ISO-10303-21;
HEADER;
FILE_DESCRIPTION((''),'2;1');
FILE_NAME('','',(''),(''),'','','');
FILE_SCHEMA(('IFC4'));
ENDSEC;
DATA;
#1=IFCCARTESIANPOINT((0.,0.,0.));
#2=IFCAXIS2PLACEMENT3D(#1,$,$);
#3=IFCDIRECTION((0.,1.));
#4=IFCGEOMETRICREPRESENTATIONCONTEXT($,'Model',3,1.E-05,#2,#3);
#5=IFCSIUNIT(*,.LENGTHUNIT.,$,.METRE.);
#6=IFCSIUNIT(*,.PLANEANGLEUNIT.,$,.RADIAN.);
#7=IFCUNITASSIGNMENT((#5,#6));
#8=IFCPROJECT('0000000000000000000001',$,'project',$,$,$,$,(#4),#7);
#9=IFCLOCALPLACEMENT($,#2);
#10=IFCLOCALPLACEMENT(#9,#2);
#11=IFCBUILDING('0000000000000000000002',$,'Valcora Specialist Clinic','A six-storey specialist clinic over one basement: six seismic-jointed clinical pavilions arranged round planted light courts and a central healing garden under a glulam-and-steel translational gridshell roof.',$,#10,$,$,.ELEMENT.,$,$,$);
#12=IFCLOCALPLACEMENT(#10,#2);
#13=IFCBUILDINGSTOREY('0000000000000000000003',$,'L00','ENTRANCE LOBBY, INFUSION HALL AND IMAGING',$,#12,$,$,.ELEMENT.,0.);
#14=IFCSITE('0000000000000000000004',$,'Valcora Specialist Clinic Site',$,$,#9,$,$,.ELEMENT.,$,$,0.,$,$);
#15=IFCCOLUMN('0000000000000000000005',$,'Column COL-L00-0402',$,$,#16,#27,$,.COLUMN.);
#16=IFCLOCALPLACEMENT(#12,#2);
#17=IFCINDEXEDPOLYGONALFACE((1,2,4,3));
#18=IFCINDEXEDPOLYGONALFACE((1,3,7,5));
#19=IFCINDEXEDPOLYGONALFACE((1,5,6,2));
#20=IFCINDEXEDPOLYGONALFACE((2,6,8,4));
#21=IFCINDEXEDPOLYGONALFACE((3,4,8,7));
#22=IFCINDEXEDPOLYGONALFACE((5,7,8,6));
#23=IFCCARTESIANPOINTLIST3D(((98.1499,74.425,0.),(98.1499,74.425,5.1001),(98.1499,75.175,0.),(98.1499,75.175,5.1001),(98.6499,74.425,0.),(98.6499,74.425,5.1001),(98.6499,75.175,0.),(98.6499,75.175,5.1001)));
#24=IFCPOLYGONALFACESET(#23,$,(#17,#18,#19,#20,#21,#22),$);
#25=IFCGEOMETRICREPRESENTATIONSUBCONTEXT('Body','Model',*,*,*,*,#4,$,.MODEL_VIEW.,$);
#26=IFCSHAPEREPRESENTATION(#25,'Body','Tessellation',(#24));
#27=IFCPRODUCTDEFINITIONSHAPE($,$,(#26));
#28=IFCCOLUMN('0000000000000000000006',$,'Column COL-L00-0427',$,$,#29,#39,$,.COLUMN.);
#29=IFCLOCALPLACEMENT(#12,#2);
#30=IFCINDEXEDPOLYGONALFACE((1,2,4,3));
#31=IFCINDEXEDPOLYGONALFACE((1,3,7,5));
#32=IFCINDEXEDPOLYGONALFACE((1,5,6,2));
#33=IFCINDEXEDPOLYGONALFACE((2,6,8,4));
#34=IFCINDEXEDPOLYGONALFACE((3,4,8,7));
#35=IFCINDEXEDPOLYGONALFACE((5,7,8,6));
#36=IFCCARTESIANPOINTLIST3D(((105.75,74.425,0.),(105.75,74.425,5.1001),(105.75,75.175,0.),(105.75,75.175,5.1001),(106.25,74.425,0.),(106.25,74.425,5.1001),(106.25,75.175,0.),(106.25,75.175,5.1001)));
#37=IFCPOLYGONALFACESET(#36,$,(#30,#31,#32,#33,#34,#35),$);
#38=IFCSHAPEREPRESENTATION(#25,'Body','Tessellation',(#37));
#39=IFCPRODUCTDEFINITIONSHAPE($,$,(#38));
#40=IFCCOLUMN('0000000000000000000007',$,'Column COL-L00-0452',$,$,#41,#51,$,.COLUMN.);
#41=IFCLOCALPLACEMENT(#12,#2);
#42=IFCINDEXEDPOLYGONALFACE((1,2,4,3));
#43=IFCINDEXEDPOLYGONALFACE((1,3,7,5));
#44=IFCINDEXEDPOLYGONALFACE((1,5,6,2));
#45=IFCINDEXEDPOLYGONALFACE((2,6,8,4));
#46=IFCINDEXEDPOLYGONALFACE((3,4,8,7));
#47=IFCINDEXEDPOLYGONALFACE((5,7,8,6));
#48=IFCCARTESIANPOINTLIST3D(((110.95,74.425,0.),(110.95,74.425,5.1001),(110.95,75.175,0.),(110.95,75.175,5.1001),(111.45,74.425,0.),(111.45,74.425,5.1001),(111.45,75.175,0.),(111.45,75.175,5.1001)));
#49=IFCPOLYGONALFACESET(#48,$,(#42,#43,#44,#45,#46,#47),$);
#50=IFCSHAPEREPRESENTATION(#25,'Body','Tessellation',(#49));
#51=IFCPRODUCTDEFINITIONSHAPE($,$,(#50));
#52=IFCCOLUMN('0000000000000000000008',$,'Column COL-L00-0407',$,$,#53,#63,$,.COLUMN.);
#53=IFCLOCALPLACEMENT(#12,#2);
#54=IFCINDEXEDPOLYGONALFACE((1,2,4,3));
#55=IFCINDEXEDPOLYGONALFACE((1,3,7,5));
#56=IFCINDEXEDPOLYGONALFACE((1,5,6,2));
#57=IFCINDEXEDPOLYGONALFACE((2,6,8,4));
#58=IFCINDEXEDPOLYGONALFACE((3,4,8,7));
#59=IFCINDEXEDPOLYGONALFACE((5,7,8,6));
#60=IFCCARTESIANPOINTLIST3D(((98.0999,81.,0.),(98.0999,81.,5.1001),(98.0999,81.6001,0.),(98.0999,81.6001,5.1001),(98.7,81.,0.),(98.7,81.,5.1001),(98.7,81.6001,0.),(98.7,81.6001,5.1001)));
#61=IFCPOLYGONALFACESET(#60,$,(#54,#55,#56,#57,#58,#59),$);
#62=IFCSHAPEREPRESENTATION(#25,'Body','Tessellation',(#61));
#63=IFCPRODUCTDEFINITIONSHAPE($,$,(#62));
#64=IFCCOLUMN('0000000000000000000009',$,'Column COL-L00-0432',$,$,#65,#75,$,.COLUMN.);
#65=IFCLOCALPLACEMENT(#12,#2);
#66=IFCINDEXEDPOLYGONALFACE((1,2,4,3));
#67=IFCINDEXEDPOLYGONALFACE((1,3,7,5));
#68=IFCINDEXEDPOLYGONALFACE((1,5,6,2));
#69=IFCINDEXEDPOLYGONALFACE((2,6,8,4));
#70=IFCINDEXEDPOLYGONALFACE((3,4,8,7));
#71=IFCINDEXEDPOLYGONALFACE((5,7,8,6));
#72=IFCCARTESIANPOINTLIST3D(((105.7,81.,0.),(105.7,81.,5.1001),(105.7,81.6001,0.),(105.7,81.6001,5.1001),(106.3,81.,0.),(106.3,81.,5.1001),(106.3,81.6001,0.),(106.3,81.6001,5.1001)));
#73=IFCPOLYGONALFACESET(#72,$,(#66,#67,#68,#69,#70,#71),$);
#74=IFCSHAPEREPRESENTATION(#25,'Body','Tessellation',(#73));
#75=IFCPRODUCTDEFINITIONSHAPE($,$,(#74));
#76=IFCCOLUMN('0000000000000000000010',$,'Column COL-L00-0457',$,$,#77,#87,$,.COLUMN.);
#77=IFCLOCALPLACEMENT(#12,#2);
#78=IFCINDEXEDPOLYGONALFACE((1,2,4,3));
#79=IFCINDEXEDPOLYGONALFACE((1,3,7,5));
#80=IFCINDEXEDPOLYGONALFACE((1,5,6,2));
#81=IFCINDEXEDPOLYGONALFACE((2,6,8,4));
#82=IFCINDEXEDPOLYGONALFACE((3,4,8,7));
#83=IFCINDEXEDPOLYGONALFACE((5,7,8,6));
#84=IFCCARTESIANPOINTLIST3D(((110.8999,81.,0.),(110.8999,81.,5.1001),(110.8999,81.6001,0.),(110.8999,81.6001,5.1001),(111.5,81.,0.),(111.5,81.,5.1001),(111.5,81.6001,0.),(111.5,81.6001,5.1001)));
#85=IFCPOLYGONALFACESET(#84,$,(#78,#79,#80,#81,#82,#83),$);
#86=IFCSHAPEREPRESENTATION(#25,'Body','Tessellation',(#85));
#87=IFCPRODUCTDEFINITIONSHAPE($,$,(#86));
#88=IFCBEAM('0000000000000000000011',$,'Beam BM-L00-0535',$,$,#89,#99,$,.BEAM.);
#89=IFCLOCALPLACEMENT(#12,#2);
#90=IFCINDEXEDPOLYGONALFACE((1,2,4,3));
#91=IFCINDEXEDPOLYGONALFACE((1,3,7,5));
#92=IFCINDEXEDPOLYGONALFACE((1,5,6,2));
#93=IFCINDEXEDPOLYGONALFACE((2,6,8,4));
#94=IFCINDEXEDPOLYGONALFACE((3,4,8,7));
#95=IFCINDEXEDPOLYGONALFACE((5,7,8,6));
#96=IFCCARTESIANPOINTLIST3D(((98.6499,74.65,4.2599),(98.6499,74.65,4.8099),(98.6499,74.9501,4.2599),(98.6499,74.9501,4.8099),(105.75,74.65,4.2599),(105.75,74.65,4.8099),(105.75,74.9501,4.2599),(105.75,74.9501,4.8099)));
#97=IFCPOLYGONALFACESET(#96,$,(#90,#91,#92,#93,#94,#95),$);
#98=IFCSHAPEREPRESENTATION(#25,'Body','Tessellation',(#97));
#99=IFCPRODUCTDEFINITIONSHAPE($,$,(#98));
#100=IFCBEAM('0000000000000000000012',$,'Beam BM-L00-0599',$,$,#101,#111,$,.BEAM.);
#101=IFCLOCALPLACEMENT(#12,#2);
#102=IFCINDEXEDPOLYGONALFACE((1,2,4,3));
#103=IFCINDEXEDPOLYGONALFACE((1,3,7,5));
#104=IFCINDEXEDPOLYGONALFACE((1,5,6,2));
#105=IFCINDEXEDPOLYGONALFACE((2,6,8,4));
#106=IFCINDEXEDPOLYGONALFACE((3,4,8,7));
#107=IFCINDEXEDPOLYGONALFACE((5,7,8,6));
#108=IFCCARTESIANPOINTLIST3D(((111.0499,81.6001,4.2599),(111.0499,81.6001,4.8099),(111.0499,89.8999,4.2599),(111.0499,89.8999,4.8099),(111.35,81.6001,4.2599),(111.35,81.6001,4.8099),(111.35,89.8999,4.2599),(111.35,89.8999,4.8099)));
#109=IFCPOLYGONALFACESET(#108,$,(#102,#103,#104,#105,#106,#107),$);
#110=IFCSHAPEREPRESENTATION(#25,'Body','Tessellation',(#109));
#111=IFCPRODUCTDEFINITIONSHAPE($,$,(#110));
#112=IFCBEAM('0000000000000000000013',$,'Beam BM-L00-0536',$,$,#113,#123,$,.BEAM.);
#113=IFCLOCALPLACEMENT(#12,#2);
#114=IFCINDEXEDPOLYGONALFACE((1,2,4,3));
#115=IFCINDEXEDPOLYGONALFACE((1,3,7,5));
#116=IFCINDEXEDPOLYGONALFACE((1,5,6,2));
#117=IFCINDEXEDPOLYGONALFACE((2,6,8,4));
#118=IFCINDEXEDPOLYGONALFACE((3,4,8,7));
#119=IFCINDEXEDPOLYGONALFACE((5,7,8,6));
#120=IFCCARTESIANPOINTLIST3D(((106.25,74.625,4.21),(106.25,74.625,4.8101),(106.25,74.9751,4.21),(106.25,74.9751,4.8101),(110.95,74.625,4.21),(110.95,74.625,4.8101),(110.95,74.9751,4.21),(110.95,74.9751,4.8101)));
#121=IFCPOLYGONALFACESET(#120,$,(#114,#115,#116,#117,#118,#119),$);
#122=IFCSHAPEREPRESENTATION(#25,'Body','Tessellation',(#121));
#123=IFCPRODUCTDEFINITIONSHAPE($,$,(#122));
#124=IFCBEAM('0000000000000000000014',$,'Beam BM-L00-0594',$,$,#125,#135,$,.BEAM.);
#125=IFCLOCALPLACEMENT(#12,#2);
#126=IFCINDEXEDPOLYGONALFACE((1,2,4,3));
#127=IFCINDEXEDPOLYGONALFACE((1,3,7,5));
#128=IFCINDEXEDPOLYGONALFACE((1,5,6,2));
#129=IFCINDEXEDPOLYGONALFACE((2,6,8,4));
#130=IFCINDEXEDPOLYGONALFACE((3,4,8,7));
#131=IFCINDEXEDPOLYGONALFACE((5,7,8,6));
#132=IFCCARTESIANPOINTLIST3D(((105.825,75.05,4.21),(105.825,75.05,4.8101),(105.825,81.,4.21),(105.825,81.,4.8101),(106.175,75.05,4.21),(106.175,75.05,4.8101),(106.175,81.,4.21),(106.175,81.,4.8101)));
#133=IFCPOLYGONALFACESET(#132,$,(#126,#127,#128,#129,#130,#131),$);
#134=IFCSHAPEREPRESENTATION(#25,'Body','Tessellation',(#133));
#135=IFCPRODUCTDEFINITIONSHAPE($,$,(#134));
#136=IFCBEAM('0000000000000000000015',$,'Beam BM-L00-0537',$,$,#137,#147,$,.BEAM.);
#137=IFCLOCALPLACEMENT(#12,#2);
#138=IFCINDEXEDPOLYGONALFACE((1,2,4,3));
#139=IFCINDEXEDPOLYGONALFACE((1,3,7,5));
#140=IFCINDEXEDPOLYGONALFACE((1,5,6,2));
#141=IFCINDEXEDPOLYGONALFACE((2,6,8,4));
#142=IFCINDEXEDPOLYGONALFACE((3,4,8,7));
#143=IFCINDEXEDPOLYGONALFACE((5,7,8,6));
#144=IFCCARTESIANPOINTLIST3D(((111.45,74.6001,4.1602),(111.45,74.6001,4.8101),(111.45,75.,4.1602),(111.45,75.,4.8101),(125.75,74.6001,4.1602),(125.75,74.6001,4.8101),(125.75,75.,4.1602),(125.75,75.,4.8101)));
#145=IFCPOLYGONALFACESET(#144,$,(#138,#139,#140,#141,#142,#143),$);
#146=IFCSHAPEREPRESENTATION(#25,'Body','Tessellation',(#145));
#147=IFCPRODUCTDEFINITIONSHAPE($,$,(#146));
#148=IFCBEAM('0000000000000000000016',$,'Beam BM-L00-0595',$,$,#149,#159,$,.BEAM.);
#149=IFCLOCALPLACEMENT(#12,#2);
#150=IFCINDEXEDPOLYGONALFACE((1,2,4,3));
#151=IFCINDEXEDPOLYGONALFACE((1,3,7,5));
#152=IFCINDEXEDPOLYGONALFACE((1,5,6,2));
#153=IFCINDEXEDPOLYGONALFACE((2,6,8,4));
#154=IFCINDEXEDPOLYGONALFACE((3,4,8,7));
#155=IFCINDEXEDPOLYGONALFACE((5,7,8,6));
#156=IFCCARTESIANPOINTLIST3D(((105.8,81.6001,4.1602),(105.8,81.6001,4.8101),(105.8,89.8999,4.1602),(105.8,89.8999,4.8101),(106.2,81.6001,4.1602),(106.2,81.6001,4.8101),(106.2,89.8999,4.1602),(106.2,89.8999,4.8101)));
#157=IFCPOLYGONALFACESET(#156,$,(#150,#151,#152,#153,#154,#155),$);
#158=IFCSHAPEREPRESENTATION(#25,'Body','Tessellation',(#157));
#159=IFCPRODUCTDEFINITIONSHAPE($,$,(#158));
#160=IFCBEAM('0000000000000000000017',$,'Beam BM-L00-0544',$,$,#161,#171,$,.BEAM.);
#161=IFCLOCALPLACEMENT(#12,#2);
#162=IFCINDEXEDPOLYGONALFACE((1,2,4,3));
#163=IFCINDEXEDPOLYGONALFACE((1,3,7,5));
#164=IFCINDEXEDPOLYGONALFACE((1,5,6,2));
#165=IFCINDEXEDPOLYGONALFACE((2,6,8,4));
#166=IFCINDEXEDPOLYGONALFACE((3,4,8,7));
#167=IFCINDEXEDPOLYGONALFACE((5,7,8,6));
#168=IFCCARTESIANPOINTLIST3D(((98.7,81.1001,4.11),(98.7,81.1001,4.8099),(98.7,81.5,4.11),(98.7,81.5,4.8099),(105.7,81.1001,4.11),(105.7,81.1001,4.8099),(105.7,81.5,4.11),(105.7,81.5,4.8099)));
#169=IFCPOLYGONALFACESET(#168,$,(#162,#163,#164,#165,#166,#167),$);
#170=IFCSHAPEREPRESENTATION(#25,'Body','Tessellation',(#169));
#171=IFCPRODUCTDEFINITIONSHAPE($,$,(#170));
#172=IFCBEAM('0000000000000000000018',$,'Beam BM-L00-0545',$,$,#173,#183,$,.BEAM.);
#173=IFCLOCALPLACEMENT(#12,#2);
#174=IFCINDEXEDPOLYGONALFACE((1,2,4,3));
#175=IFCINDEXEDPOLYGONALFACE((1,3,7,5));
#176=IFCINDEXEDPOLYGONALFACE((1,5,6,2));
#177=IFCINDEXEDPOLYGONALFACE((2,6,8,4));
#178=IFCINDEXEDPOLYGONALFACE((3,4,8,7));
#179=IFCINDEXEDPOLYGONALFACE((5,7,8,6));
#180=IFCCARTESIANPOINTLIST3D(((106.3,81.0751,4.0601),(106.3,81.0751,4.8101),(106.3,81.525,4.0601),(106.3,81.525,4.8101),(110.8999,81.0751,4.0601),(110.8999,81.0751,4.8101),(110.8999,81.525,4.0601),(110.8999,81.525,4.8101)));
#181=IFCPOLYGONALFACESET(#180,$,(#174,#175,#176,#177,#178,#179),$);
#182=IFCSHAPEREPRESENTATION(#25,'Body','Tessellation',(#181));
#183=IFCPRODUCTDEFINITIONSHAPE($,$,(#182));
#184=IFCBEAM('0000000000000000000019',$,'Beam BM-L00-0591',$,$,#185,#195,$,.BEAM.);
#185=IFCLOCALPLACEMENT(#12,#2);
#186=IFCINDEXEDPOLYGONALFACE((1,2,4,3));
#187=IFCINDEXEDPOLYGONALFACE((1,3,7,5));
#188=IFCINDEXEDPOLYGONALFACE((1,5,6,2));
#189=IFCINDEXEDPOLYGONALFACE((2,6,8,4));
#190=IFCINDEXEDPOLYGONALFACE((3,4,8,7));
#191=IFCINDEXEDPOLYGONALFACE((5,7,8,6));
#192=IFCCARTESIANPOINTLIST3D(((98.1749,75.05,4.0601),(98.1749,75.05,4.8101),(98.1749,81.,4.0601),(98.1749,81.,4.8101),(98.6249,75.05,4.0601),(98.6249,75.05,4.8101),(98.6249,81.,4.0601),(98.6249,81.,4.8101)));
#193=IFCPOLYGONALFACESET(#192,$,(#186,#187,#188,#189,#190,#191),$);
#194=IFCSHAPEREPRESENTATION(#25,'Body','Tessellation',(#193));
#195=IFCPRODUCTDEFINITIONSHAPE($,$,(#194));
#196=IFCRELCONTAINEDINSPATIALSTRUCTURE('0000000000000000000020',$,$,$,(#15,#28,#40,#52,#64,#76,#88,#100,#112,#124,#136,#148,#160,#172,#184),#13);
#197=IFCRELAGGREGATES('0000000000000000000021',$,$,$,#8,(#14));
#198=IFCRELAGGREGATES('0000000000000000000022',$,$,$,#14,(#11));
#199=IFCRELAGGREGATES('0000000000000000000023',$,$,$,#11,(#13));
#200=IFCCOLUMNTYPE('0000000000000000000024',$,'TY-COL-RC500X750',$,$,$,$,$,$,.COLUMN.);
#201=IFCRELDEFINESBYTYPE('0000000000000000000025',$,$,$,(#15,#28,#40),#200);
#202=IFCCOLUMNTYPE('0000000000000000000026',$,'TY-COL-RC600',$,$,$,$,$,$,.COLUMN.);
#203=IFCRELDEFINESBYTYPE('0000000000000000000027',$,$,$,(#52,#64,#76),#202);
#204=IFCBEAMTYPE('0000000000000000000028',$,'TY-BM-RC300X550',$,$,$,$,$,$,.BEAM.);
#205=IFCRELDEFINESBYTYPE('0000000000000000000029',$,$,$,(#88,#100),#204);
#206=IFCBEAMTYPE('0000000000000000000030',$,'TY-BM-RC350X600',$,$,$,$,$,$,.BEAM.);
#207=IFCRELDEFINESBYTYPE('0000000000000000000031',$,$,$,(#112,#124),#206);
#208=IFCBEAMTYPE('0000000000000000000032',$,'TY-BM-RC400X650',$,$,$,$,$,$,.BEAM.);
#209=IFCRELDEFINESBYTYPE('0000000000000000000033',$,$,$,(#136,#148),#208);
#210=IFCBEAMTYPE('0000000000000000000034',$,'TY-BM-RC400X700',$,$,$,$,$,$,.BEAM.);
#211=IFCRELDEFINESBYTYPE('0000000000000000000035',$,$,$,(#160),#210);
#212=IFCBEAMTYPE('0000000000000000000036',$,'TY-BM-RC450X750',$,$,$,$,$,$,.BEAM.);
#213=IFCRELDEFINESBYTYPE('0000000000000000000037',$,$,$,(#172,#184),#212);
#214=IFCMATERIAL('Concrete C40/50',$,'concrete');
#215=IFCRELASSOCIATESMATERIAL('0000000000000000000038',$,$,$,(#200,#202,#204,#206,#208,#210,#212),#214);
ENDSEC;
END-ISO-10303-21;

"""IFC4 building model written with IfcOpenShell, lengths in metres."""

from ifc_helpers import new_model, si_unit, direction, frame, origin, origin_2d, place, context, subcontext, project, spatial, rectangle, extrude, material, material_profile, profile_set, type_object, element, save


model = new_model("IFC4")

# Units and contexts
model_context = context("Model", 3, precision=1e-05, world=origin(), true_north=direction((0.0, 1.0)))
body_context = subcontext(model_context, "Body", "Model", "MODEL_VIEW")
ifc_project = project(units=[si_unit("LENGTHUNIT", "METRE"), si_unit("PLANEANGLEUNIT", "RADIAN")], contexts=[model_context])

# Site, building, storey
site_placement = place(None, origin())
site = spatial("IfcSite", under=ifc_project, at=site_placement, Name="Valcora Specialist Clinic Site", CompositionType="ELEMENT", RefElevation=0.0)
building_placement = place(site_placement, origin())
building = spatial("IfcBuilding", under=site, at=building_placement, Name="Valcora Specialist Clinic", Description="A six-storey specialist clinic over one basement: six seismic-jointed clinical pavilions arranged round planted light courts and a central healing garden under a glulam-and-steel translational gridshell roof.", CompositionType="ELEMENT")
storey_placement = place(building_placement, origin())
storey = spatial("IfcBuildingStorey", under=building, at=storey_placement, Name="L00", Description="ENTRANCE LOBBY, INFUSION HALL AND IMAGING", CompositionType="ELEMENT", Elevation=0.0)

# Columns
ifc_material_1 = material(Name="Concrete C40/50", Category="concrete")
ifc_material_profile_1 = material_profile(ifc_material_1, rectangle(XDim=0.5, YDim=0.75, at=origin_2d()), Name="RC-COL-500X750")
ifc_profile_set_1 = profile_set([ifc_material_profile_1], Name="Concrete C40/50")
column_type_1 = type_object("IfcColumnType", Name="TY-COL-RC500X750", PredefinedType="COLUMN", material=ifc_profile_set_1)
for number, where, z_axis, x_axis, name in (
    (1, (98.3999, 74.8, 0.0), (0.0, 0.0, 1.0), (1.0, 0.0, 0.0), "Column COL-L00-0402"),
    (2, (106.0, 74.8, 0.0), (0.0, 0.0, 1.0), (1.0, 0.0, 0.0), "Column COL-L00-0427"),
    (3, (111.2, 74.8, 0.0), (0.0, 0.0, 1.0), (1.0, 0.0, 0.0), "Column COL-L00-0452"),
):
    element("IfcColumn", number, at=place(storey_placement, frame(where, z_axis=z_axis, x_axis=x_axis)), inside=storey, type_object=column_type_1, Name=name, PredefinedType="COLUMN", context=body_context, shape_type="SweptSolid", body=[
        extrude(rectangle(XDim=0.5, YDim=0.75, at=origin_2d()), origin(), (0.0, 0.0, 1.0), 5.1001),
    ])
ifc_material_profile_2 = material_profile(ifc_material_1, rectangle(XDim=0.6001, YDim=0.6001, at=origin_2d()), Name="RC-COL-600X600")
ifc_profile_set_2 = profile_set([ifc_material_profile_2], Name="Concrete C40/50")
column_type_2 = type_object("IfcColumnType", Name="TY-COL-RC600", PredefinedType="COLUMN", material=ifc_profile_set_2)
for number, where, z_axis, x_axis, name in (
    (4, (98.3999, 81.3, 0.0), (0.0, 0.0, 1.0), (1.0, 0.0, 0.0), "Column COL-L00-0407"),
    (5, (106.0, 81.3, 0.0), (0.0, 0.0, 1.0), (1.0, 0.0, 0.0), "Column COL-L00-0432"),
    (6, (111.2, 81.3, 0.0), (0.0, 0.0, 1.0), (1.0, 0.0, 0.0), "Column COL-L00-0457"),
):
    element("IfcColumn", number, at=place(storey_placement, frame(where, z_axis=z_axis, x_axis=x_axis)), inside=storey, type_object=column_type_2, Name=name, PredefinedType="COLUMN", context=body_context, shape_type="SweptSolid", body=[
        extrude(rectangle(XDim=0.6001, YDim=0.6001, at=origin_2d()), origin(), (0.0, 0.0, 1.0), 5.1001),
    ])

# Beams
ifc_material_profile_3 = material_profile(ifc_material_1, rectangle(XDim=0.3, YDim=0.55, at=origin_2d()), Name="RC-BM-300X550")
ifc_profile_set_3 = profile_set([ifc_material_profile_3], Name="Concrete C40/50")
beam_type_1 = type_object("IfcBeamType", Name="TY-BM-RC300X550", PredefinedType="BEAM", material=ifc_profile_set_3)
beam_1_placement = place(storey_placement, frame((98.6499, 74.8, 4.5349), z_axis=(1.0, 0.0, 0.0), x_axis=(0.0, 1.0, 0.0)))
element("IfcBeam", 7, at=beam_1_placement, inside=storey, type_object=beam_type_1, Name="Beam BM-L00-0535", PredefinedType="BEAM", context=body_context, shape_type="SweptSolid", body=[
    extrude(rectangle(XDim=0.3, YDim=0.55, at=origin_2d()), origin(), (0.0, 0.0, 1.0), 7.1001),
])
beam_2_placement = place(storey_placement, frame((111.2, 81.6001, 4.5349), z_axis=(0.0, 1.0, 0.0), x_axis=(-1.0, 0.0, 0.0)))
element("IfcBeam", 8, at=beam_2_placement, inside=storey, type_object=beam_type_1, Name="Beam BM-L00-0599", PredefinedType="BEAM", context=body_context, shape_type="SweptSolid", body=[
    extrude(rectangle(XDim=0.3, YDim=0.55, at=origin_2d()), origin(), (0.0, 0.0, 1.0), 8.2998),
])
ifc_material_profile_4 = material_profile(ifc_material_1, rectangle(XDim=0.3501, YDim=0.6001, at=origin_2d()), Name="RC-BM-350X600")
ifc_profile_set_4 = profile_set([ifc_material_profile_4], Name="Concrete C40/50")
beam_type_2 = type_object("IfcBeamType", Name="TY-BM-RC350X600", PredefinedType="BEAM", material=ifc_profile_set_4)
beam_3_placement = place(storey_placement, frame((106.25, 74.8, 4.51), z_axis=(1.0, 0.0, 0.0), x_axis=(0.0, 1.0, 0.0)))
element("IfcBeam", 9, at=beam_3_placement, inside=storey, type_object=beam_type_2, Name="Beam BM-L00-0536", PredefinedType="BEAM", context=body_context, shape_type="SweptSolid", body=[
    extrude(rectangle(XDim=0.3501, YDim=0.6001, at=origin_2d()), origin(), (0.0, 0.0, 1.0), 4.7),
])
beam_4_placement = place(storey_placement, frame((106.0, 75.05, 4.51), z_axis=(0.0, 1.0, 0.0), x_axis=(-1.0, 0.0, 0.0)))
element("IfcBeam", 10, at=beam_4_placement, inside=storey, type_object=beam_type_2, Name="Beam BM-L00-0594", PredefinedType="BEAM", context=body_context, shape_type="SweptSolid", body=[
    extrude(rectangle(XDim=0.3501, YDim=0.6001, at=origin_2d()), origin(), (0.0, 0.0, 1.0), 5.95),
])
ifc_material_profile_5 = material_profile(ifc_material_1, rectangle(XDim=0.3999, YDim=0.6499, at=origin_2d()), Name="RC-BM-400X650")
ifc_profile_set_5 = profile_set([ifc_material_profile_5], Name="Concrete C40/50")
beam_type_3 = type_object("IfcBeamType", Name="TY-BM-RC400X650", PredefinedType="BEAM", material=ifc_profile_set_5)
beam_5_placement = place(storey_placement, frame((111.45, 74.8, 4.4851), z_axis=(1.0, 0.0, 0.0), x_axis=(0.0, 1.0, 0.0)))
element("IfcBeam", 11, at=beam_5_placement, inside=storey, type_object=beam_type_3, Name="Beam BM-L00-0537", PredefinedType="BEAM", context=body_context, shape_type="SweptSolid", body=[
    extrude(rectangle(XDim=0.3999, YDim=0.6499, at=origin_2d()), origin(), (0.0, 0.0, 1.0), 14.3),
])
beam_6_placement = place(storey_placement, frame((106.0, 81.6001, 4.4851), z_axis=(0.0, 1.0, 0.0), x_axis=(-1.0, 0.0, 0.0)))
element("IfcBeam", 12, at=beam_6_placement, inside=storey, type_object=beam_type_3, Name="Beam BM-L00-0595", PredefinedType="BEAM", context=body_context, shape_type="SweptSolid", body=[
    extrude(rectangle(XDim=0.3999, YDim=0.6499, at=origin_2d()), origin(), (0.0, 0.0, 1.0), 8.2998),
])
ifc_material_profile_6 = material_profile(ifc_material_1, rectangle(XDim=0.3999, YDim=0.7, at=origin_2d()), Name="RC-BM-400X700")
ifc_profile_set_6 = profile_set([ifc_material_profile_6], Name="Concrete C40/50")
beam_type_4 = type_object("IfcBeamType", Name="TY-BM-RC400X700", PredefinedType="BEAM", material=ifc_profile_set_6)
beam_7_placement = place(storey_placement, frame((98.7, 81.3, 4.46), z_axis=(1.0, 0.0, 0.0), x_axis=(0.0, 1.0, 0.0)))
element("IfcBeam", 13, at=beam_7_placement, inside=storey, type_object=beam_type_4, Name="Beam BM-L00-0544", PredefinedType="BEAM", context=body_context, shape_type="SweptSolid", body=[
    extrude(rectangle(XDim=0.3999, YDim=0.7, at=origin_2d()), origin(), (0.0, 0.0, 1.0), 7.0),
])
ifc_material_profile_7 = material_profile(ifc_material_1, rectangle(XDim=0.45, YDim=0.75, at=origin_2d()), Name="RC-BM-450X750")
ifc_profile_set_7 = profile_set([ifc_material_profile_7], Name="Concrete C40/50")
beam_type_5 = type_object("IfcBeamType", Name="TY-BM-RC450X750", PredefinedType="BEAM", material=ifc_profile_set_7)
beam_8_placement = place(storey_placement, frame((106.3, 81.3, 4.4351), z_axis=(1.0, 0.0, 0.0), x_axis=(0.0, 1.0, 0.0)))
element("IfcBeam", 14, at=beam_8_placement, inside=storey, type_object=beam_type_5, Name="Beam BM-L00-0545", PredefinedType="BEAM", context=body_context, shape_type="SweptSolid", body=[
    extrude(rectangle(XDim=0.45, YDim=0.75, at=origin_2d()), origin(), (0.0, 0.0, 1.0), 4.5999),
])
beam_9_placement = place(storey_placement, frame((98.3999, 75.05, 4.4351), z_axis=(0.0, 1.0, 0.0), x_axis=(-1.0, 0.0, 0.0)))
element("IfcBeam", 15, at=beam_9_placement, inside=storey, type_object=beam_type_5, Name="Beam BM-L00-0591", PredefinedType="BEAM", context=body_context, shape_type="SweptSolid", body=[
    extrude(rectangle(XDim=0.45, YDim=0.75, at=origin_2d()), origin(), (0.0, 0.0, 1.0), 5.95),
])

save(model, "model.ifc")
